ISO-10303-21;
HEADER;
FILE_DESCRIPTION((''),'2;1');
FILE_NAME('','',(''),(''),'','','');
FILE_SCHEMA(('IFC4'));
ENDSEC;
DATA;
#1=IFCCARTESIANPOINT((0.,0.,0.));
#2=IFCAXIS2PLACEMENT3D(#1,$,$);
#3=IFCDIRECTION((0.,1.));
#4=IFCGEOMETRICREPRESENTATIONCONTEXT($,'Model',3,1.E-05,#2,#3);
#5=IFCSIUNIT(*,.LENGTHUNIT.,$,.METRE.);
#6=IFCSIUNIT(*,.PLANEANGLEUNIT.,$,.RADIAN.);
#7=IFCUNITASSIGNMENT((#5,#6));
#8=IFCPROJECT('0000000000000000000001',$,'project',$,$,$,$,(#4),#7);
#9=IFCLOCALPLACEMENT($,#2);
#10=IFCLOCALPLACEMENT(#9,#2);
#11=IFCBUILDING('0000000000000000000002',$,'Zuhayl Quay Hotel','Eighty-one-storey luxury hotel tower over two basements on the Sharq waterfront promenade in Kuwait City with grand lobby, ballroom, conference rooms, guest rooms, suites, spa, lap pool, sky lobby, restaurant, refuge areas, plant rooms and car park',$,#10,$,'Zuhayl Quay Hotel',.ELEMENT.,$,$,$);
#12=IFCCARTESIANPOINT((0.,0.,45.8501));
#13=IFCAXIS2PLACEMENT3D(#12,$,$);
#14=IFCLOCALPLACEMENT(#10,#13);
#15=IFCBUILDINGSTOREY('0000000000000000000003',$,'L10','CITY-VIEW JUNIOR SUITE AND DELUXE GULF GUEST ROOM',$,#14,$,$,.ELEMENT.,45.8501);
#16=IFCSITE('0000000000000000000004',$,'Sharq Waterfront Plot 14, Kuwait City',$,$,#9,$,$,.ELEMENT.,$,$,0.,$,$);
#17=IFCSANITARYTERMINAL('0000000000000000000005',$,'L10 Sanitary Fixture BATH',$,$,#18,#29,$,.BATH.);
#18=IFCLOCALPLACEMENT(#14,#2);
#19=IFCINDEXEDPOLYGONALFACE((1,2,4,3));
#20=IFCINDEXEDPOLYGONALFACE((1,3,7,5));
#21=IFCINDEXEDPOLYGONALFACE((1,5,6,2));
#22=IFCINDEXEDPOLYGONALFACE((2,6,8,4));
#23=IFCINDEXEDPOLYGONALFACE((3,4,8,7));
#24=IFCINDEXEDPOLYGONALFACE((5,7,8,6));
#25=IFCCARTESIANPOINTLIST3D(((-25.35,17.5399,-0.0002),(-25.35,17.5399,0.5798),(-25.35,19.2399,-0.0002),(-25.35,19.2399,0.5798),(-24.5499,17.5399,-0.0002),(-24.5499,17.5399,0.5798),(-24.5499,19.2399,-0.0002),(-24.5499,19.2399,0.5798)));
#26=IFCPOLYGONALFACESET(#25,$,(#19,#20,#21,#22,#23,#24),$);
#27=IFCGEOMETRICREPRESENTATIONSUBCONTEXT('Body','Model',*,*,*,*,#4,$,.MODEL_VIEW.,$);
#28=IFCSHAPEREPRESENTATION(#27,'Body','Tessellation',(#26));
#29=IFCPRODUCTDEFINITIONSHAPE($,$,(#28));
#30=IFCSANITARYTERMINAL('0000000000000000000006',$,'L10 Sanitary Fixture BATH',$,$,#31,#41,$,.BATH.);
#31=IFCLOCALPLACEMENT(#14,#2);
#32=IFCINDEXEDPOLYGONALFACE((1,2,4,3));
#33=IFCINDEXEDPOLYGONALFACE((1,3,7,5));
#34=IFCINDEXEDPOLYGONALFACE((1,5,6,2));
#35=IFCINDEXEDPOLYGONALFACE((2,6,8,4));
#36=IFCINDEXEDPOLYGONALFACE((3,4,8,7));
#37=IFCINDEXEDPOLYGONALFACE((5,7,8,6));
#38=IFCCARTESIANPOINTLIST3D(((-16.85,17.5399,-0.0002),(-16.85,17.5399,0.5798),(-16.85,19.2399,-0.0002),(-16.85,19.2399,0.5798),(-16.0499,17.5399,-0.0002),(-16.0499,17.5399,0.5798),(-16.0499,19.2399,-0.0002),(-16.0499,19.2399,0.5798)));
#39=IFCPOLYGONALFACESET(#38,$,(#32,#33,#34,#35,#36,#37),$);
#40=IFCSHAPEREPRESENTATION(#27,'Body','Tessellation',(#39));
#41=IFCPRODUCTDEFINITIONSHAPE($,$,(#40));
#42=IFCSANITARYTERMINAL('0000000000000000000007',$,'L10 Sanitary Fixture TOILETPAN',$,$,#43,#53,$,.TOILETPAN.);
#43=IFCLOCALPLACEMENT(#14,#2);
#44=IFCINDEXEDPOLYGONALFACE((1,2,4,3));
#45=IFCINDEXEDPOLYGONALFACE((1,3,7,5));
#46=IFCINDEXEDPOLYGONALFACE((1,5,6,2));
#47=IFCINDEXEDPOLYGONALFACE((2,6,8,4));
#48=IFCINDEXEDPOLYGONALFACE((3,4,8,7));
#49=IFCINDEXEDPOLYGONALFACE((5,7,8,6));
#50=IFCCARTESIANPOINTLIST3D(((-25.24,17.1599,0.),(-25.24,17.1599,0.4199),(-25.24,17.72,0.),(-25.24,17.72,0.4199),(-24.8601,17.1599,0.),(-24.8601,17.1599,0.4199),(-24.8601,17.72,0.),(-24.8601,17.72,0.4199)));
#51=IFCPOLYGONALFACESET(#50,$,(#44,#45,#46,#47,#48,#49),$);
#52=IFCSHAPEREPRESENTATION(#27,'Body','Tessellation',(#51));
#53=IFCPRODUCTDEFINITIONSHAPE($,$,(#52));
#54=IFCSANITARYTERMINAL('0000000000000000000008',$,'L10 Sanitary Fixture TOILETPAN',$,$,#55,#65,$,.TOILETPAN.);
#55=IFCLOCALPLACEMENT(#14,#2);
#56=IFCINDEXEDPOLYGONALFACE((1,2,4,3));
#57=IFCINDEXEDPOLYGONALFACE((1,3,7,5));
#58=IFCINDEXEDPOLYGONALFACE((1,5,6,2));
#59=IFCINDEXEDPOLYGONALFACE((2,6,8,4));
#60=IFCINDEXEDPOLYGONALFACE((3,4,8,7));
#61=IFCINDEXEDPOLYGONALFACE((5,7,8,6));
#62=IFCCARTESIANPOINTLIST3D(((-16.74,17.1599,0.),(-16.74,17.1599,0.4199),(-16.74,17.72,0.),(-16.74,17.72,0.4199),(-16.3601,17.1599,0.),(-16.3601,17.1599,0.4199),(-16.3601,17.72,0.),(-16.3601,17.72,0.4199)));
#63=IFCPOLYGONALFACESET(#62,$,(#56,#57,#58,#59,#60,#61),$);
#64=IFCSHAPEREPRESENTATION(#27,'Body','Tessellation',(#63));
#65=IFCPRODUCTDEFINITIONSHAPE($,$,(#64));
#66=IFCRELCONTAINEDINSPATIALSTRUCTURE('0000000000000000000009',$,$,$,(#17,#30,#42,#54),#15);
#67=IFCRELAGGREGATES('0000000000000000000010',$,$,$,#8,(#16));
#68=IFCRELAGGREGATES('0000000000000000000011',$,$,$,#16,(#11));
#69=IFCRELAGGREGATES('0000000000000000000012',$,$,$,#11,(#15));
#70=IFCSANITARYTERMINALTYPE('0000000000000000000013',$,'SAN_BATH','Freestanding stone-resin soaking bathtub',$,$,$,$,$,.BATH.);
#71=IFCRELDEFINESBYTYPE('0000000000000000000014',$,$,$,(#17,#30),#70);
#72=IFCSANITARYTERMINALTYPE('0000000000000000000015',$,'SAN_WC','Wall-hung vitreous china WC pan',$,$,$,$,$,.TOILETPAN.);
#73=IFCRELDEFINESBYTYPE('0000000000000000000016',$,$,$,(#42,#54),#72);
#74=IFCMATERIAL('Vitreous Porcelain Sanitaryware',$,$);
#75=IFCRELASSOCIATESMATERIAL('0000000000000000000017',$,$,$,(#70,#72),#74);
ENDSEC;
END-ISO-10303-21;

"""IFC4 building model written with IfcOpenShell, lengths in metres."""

from ifc_helpers import new_model, si_unit, direction, frame, origin, origin_2d, place, context, subcontext, project, spatial, rectangle, extrude, material, type_object, element, save


model = new_model("IFC4")

# Units and contexts
model_context = context("Model", 3, precision=1e-05, world=origin(), true_north=direction((0.0, 1.0)))
body_context = subcontext(model_context, "Body", "Model", "MODEL_VIEW")
ifc_project = project(units=[si_unit("LENGTHUNIT", "METRE"), si_unit("PLANEANGLEUNIT", "RADIAN")], contexts=[model_context])

# Site, building, storey
site_placement = place(None, origin())
site = spatial("IfcSite", under=ifc_project, at=site_placement, Name="Sharq Waterfront Plot 14, Kuwait City", CompositionType="ELEMENT", RefElevation=0.0)
building_placement = place(site_placement, origin())
building = spatial("IfcBuilding", under=site, at=building_placement, Name="Zuhayl Quay Hotel", Description="Eighty-one-storey luxury hotel tower over two basements on the Sharq waterfront promenade in Kuwait City with grand lobby, ballroom, conference rooms, guest rooms, suites, spa, lap pool, sky lobby, restaurant, refuge areas, plant rooms and car park", LongName="Zuhayl Quay Hotel", CompositionType="ELEMENT")
storey_placement = place(building_placement, frame((0.0, 0.0, 45.8501)))
storey = spatial("IfcBuildingStorey", under=building, at=storey_placement, Name="L10", Description="CITY-VIEW JUNIOR SUITE AND DELUXE GULF GUEST ROOM", CompositionType="ELEMENT", Elevation=45.8501)

# Sanitary terminals
ifc_material_1 = material(Name="Vitreous Porcelain Sanitaryware")
sanitary_terminal_type_1 = type_object("IfcSanitaryTerminalType", Name="SAN_BATH", Description="Freestanding stone-resin soaking bathtub", PredefinedType="BATH", material=ifc_material_1)
for number, where, z_axis, x_axis, name in (
    (1, (-24.95, 18.3899, -0.0002), (0.0, 0.0, 1.0), (1.0, 0.0, 0.0), "L10 Sanitary Fixture BATH"),
    (2, (-16.45, 18.3899, -0.0002), (0.0, 0.0, 1.0), (1.0, 0.0, 0.0), "L10 Sanitary Fixture BATH"),
):
    element("IfcSanitaryTerminal", number, at=place(storey_placement, frame(where, z_axis=z_axis, x_axis=x_axis)), inside=storey, type_object=sanitary_terminal_type_1, Name=name, PredefinedType="BATH", context=body_context, shape_type="SweptSolid", body=[
        extrude(rectangle(XDim=0.8, YDim=1.7, at=origin_2d()), origin(), (0.0, 0.0, 1.0), 0.5801),
    ])
sanitary_terminal_type_2 = type_object("IfcSanitaryTerminalType", Name="SAN_WC", Description="Wall-hung vitreous china WC pan", PredefinedType="TOILETPAN", material=ifc_material_1)
for number, where, z_axis, x_axis, name in (
    (3, (-25.05, 17.4399, 0.0), (0.0, 0.0, 1.0), (1.0, 0.0, 0.0), "L10 Sanitary Fixture TOILETPAN"),
    (4, (-16.55, 17.4399, 0.0), (0.0, 0.0, 1.0), (1.0, 0.0, 0.0), "L10 Sanitary Fixture TOILETPAN"),
):
    element("IfcSanitaryTerminal", number, at=place(storey_placement, frame(where, z_axis=z_axis, x_axis=x_axis)), inside=storey, type_object=sanitary_terminal_type_2, Name=name, PredefinedType="TOILETPAN", context=body_context, shape_type="SweptSolid", body=[
        extrude(rectangle(XDim=0.3799, YDim=0.5601, at=origin_2d()), origin(), (0.0, 0.0, 1.0), 0.4199),
    ])

save(model, "model.ifc")
